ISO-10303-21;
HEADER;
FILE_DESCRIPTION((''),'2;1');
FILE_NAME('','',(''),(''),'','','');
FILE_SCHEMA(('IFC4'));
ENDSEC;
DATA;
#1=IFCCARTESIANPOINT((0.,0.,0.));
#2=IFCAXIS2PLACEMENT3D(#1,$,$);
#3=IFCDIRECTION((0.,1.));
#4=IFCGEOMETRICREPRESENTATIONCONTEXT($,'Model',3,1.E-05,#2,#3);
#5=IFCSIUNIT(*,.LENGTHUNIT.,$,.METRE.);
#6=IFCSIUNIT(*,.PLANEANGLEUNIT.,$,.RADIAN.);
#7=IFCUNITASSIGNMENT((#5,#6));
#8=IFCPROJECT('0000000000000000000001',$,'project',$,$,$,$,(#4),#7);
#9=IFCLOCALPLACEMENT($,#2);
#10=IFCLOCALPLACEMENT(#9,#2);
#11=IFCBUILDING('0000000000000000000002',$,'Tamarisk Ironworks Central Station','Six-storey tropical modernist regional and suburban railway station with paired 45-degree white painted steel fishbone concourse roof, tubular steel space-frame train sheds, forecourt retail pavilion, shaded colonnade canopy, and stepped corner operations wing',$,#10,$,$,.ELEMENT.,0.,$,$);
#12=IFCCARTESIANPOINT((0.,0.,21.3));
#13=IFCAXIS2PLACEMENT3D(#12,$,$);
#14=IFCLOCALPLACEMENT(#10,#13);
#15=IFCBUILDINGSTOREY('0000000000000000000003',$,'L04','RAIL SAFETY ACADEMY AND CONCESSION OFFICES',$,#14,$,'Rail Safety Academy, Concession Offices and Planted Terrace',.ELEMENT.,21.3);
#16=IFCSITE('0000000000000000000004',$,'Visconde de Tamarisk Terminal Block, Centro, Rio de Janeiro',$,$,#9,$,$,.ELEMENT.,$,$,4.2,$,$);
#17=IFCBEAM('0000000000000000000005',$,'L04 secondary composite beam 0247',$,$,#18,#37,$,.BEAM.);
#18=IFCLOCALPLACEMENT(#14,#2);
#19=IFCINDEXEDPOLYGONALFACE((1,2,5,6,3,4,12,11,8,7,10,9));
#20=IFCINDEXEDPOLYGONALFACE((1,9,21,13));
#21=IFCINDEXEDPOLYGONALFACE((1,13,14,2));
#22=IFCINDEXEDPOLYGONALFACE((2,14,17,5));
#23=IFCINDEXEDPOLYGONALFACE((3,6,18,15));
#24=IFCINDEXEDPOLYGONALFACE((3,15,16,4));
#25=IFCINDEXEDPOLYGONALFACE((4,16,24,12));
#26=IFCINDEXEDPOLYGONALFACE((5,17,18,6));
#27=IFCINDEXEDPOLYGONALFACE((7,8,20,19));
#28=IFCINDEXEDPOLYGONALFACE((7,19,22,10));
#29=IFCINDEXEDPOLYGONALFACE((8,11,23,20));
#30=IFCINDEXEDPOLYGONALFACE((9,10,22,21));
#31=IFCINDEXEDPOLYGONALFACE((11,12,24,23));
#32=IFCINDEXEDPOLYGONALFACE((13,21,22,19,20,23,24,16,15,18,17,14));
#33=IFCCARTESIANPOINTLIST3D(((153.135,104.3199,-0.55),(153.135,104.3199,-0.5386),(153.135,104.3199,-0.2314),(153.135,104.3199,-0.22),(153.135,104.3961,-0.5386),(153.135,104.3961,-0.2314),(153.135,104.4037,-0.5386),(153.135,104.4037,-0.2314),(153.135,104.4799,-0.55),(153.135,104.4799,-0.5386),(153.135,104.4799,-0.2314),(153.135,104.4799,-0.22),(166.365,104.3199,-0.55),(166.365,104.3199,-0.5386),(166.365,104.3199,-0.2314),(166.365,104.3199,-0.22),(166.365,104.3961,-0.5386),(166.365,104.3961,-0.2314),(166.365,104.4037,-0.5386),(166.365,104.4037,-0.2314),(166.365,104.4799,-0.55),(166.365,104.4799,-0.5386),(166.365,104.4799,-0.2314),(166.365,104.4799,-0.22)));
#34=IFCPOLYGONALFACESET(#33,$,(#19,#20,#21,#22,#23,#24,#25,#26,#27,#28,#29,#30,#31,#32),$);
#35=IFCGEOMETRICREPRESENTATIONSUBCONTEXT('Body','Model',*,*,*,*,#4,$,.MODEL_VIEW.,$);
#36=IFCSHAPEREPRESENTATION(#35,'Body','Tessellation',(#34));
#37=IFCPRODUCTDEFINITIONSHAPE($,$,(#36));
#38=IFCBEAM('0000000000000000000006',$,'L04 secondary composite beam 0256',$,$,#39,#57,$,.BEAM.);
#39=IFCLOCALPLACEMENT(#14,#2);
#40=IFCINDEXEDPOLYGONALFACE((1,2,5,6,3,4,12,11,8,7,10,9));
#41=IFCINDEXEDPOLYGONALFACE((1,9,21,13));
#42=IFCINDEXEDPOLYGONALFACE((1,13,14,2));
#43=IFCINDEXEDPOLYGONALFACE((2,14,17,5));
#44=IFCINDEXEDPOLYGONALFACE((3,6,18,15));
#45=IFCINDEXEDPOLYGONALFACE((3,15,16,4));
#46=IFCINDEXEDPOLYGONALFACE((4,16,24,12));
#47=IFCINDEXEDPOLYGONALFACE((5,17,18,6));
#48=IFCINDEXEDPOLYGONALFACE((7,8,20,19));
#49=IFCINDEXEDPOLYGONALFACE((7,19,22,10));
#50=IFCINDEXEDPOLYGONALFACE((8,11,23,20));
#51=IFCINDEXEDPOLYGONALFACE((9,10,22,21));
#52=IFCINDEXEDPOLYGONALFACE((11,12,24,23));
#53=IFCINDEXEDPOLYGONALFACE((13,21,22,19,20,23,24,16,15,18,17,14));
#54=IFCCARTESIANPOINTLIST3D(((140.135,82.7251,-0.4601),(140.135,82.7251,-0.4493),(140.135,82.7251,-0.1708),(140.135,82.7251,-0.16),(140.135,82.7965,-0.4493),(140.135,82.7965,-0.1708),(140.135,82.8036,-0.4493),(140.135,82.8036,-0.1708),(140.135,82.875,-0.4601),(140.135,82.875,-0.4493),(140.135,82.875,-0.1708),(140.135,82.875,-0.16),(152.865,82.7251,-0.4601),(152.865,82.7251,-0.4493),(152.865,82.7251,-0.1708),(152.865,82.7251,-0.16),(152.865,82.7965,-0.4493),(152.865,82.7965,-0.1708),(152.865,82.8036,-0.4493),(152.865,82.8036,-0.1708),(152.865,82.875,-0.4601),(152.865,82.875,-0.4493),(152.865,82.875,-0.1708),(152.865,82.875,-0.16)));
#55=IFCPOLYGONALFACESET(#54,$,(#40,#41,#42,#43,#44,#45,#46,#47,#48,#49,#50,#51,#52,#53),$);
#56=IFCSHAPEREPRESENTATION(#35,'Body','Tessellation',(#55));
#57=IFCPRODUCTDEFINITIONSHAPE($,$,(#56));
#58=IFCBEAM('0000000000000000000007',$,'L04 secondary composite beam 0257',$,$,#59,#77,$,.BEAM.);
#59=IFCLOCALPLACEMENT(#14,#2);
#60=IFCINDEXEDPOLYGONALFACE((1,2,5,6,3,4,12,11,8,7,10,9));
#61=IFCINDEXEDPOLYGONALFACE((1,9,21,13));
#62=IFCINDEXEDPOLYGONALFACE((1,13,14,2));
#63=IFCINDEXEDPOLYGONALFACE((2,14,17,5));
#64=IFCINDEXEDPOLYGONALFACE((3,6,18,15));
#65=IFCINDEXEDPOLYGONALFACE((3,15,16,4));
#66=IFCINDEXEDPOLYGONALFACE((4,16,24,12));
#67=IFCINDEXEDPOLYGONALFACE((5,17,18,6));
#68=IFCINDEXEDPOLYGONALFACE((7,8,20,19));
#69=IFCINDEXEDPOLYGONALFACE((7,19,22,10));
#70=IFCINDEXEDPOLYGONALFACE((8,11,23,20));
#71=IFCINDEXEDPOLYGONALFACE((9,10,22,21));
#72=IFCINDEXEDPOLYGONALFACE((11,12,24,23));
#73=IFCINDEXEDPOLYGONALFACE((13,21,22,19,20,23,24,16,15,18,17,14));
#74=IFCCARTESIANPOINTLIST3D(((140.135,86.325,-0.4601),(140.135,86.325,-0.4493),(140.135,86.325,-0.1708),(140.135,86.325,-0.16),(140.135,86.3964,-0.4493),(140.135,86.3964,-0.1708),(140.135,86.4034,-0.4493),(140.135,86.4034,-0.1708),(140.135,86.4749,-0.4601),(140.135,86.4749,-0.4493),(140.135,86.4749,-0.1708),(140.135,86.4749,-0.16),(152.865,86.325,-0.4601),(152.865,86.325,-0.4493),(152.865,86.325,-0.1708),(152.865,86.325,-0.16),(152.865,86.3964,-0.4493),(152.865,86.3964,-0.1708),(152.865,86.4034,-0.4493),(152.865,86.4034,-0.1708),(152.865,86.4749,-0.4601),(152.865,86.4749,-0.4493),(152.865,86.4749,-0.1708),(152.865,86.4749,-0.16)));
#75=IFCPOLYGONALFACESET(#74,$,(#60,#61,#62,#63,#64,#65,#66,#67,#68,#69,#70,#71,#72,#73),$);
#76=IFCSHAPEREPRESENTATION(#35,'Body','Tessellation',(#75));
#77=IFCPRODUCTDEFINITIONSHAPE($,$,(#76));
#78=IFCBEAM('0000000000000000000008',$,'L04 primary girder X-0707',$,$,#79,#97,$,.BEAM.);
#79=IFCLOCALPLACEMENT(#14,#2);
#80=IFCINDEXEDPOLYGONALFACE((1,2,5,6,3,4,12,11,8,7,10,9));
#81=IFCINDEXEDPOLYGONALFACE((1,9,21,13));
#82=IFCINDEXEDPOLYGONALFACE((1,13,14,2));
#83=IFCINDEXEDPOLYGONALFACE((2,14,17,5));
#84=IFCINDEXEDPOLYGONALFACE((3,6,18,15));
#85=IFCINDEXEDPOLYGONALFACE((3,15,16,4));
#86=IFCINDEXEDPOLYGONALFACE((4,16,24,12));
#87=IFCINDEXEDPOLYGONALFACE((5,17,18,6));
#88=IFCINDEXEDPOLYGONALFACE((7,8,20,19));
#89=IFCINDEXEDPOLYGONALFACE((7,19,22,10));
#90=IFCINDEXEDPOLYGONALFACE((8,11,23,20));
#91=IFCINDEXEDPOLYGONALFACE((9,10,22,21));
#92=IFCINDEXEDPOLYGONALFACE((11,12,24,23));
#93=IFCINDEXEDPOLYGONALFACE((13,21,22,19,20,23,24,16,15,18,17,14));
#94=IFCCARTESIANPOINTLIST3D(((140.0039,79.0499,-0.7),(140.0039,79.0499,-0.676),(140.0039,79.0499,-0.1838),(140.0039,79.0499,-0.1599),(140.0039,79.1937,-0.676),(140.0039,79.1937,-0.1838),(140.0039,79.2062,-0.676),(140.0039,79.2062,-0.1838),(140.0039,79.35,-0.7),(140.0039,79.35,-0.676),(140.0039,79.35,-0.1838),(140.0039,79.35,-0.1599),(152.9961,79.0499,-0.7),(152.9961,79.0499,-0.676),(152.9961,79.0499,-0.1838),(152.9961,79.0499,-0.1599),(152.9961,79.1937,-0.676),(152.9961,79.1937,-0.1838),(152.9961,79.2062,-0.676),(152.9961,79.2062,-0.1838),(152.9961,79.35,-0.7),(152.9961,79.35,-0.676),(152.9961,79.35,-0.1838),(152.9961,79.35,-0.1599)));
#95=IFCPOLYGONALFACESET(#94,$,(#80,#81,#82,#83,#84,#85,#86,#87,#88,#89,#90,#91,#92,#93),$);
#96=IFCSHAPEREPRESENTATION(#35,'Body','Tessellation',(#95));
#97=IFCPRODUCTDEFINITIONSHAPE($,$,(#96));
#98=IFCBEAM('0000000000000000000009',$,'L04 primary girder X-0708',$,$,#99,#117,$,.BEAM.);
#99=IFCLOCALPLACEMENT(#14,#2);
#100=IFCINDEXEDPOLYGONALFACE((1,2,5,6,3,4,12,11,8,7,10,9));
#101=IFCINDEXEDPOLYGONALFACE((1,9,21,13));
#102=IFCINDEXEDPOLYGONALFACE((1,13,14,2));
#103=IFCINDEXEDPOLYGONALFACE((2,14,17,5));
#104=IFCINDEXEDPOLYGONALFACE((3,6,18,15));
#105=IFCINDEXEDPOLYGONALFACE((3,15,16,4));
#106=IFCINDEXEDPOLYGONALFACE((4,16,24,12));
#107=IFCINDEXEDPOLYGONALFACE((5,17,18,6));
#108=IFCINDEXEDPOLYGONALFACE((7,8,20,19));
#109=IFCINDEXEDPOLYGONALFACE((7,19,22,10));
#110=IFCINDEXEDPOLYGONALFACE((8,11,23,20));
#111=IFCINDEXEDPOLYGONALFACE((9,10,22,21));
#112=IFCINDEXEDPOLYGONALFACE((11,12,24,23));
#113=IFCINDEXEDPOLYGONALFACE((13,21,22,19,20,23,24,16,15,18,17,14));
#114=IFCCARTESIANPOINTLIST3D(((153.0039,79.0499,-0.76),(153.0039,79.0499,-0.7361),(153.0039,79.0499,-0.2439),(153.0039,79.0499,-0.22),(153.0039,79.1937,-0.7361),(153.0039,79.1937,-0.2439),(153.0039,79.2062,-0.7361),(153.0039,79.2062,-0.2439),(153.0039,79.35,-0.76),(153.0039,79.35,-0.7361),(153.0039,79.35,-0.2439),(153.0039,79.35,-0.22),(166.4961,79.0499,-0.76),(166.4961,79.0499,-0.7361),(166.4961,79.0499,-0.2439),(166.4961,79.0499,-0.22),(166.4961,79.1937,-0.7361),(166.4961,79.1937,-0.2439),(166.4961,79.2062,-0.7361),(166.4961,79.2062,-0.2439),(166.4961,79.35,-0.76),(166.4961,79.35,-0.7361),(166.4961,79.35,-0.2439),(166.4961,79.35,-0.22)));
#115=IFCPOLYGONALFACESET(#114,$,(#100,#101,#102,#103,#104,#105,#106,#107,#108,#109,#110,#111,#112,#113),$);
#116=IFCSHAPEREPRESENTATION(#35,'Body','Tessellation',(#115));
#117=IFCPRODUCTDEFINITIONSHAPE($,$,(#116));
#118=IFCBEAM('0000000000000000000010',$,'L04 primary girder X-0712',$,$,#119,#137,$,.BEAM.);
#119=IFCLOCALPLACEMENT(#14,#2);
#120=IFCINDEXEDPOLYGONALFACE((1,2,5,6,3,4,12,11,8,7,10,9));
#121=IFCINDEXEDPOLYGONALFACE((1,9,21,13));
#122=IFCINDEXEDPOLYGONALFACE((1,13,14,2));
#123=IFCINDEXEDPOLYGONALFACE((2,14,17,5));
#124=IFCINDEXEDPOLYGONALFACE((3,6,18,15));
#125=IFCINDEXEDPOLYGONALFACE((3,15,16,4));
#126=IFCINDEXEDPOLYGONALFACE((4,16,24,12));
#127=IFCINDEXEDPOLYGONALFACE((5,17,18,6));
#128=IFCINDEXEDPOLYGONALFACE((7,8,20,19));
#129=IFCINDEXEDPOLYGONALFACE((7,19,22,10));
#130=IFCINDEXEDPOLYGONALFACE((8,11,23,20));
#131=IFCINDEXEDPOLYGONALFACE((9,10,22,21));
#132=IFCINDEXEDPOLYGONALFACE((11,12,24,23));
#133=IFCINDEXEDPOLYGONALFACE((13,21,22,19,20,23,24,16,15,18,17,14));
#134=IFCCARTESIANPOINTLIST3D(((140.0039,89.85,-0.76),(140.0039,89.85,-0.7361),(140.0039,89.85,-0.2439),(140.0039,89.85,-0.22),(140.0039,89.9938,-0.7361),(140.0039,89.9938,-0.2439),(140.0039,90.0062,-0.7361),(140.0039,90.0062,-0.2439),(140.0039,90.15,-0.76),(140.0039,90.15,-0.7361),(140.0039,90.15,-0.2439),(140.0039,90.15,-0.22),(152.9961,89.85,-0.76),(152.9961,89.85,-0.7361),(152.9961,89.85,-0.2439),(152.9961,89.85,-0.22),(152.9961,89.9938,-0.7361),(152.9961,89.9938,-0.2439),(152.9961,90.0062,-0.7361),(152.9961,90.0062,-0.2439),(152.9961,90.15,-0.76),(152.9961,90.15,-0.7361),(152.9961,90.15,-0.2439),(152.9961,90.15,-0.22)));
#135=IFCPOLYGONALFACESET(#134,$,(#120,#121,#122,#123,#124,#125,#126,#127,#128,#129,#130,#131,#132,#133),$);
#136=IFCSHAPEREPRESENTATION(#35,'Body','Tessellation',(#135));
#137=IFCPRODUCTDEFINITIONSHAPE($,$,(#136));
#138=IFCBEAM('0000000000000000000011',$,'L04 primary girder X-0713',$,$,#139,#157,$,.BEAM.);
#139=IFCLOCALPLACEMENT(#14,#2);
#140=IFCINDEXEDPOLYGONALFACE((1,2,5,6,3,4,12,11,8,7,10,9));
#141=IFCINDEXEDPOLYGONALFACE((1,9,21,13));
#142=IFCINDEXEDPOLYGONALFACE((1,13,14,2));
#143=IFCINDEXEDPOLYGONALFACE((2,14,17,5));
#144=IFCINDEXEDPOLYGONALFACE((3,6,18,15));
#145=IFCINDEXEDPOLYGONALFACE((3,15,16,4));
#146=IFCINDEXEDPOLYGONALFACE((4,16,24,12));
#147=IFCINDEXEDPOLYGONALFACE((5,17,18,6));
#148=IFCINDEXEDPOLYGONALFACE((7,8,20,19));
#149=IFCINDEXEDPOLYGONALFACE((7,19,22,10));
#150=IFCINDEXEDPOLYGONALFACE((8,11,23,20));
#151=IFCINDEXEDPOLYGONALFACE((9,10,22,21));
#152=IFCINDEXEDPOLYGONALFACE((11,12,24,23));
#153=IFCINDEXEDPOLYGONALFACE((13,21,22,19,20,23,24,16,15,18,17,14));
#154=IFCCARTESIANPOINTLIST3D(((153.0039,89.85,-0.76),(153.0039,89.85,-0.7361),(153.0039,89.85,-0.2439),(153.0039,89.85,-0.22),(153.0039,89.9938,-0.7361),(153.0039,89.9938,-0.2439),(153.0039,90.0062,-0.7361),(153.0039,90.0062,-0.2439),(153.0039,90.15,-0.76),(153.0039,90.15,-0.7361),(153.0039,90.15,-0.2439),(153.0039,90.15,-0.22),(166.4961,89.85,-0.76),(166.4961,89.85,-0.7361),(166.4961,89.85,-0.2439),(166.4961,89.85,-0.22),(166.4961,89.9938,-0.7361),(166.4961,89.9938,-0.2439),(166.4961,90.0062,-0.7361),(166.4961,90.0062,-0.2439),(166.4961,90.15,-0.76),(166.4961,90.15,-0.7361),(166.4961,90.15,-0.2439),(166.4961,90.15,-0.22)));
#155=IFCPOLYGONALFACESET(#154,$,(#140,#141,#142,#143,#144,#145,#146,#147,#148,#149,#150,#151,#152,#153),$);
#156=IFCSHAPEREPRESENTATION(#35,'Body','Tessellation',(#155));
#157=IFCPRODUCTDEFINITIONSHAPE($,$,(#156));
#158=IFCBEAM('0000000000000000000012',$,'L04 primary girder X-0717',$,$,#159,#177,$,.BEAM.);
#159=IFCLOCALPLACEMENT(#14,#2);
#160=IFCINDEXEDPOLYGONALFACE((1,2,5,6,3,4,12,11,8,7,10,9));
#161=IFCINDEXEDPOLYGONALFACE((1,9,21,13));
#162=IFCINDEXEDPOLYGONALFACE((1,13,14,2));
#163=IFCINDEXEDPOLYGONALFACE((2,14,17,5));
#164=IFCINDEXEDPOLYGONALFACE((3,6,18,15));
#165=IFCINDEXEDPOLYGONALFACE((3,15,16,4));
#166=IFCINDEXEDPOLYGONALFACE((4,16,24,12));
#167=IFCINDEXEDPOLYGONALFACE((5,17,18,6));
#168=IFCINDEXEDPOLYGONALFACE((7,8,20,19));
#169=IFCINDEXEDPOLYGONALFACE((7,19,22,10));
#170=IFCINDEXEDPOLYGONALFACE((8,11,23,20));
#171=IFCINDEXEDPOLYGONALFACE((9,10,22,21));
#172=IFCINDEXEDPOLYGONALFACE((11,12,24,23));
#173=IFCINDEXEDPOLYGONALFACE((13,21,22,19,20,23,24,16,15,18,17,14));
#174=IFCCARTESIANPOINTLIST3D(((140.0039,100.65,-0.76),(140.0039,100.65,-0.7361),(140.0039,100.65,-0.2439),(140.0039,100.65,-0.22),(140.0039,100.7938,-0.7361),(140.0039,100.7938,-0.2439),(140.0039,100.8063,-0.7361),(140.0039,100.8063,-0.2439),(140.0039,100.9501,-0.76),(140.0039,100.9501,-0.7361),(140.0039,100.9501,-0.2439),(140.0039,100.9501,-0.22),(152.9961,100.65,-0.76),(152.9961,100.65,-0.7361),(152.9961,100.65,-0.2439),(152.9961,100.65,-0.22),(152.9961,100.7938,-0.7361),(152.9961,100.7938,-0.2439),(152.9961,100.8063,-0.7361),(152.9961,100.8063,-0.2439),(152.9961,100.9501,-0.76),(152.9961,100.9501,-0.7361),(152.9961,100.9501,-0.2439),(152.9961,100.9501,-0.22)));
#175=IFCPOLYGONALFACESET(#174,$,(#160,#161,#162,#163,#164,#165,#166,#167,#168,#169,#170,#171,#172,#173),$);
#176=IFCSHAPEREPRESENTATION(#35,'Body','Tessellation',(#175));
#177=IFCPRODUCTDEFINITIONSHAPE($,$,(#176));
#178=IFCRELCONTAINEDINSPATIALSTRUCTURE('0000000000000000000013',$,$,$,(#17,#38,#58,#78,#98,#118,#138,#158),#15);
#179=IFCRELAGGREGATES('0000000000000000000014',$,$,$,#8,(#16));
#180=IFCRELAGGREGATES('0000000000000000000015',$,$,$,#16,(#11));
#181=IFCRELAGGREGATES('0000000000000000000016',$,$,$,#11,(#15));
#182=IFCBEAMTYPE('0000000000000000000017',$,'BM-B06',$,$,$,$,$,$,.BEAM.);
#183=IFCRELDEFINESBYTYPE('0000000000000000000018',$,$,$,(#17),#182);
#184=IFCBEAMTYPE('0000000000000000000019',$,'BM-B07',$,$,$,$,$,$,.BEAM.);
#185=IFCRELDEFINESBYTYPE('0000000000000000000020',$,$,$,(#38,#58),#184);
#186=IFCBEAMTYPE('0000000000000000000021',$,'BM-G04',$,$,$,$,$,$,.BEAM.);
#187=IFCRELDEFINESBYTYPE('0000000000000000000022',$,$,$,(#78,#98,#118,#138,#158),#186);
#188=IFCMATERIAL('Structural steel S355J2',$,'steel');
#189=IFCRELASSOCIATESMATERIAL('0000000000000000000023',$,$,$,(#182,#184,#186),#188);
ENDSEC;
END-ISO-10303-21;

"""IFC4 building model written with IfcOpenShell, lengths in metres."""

from ifc_helpers import new_model, si_unit, direction, frame, origin, origin_2d, place, context, subcontext, project, spatial, i_section, extrude, material, material_profile, profile_set, type_object, element, save


model = new_model("IFC4")

# Units and contexts
model_context = context("Model", 3, precision=1e-05, world=origin(), true_north=direction((0.0, 1.0)))
body_context = subcontext(model_context, "Body", "Model", "MODEL_VIEW")
ifc_project = project(units=[si_unit("LENGTHUNIT", "METRE"), si_unit("PLANEANGLEUNIT", "RADIAN")], contexts=[model_context])

# Site, building, storey
site_placement = place(None, origin())
site = spatial("IfcSite", under=ifc_project, at=site_placement, Name="Visconde de Tamarisk Terminal Block, Centro, Rio de Janeiro", CompositionType="ELEMENT", RefElevation=4.2)
building_placement = place(site_placement, origin())
building = spatial("IfcBuilding", under=site, at=building_placement, Name="Tamarisk Ironworks Central Station", Description="Six-storey tropical modernist regional and suburban railway station with paired 45-degree white painted steel fishbone concourse roof, tubular steel space-frame train sheds, forecourt retail pavilion, shaded colonnade canopy, and stepped corner operations wing", CompositionType="ELEMENT", ElevationOfRefHeight=0.0)
storey_placement = place(building_placement, frame((0.0, 0.0, 21.3)))
storey = spatial("IfcBuildingStorey", under=building, at=storey_placement, Name="L04", Description="RAIL SAFETY ACADEMY AND CONCESSION OFFICES", LongName="Rail Safety Academy, Concession Offices and Planted Terrace", CompositionType="ELEMENT", Elevation=21.3)

# Shared definitions
ifc_material_1 = material(Name="Structural steel S355J2", Category="steel")

# Beams
ifc_material_profile_1 = material_profile(ifc_material_1, i_section(OverallWidth=0.1599, OverallDepth=0.3301, WebThickness=0.0076, FlangeThickness=0.0115, at=origin_2d()), Name="IPE 330")
ifc_profile_set_1 = profile_set([ifc_material_profile_1], Name="Structural steel S355J2")
beam_type_1 = type_object("IfcBeamType", Name="BM-B06", PredefinedType="BEAM", material=ifc_profile_set_1)
beam_1_placement = place(storey_placement, frame((153.135, 104.3999, -0.385), z_axis=(1.0, 0.0, 0.0), x_axis=(0.0, 1.0, 0.0)))
element("IfcBeam", 1, at=beam_1_placement, inside=storey, type_object=beam_type_1, Name="L04 secondary composite beam 0247", PredefinedType="BEAM", context=body_context, shape_type="SweptSolid", body=[
    extrude(i_section(OverallWidth=0.1599, OverallDepth=0.3301, WebThickness=0.0076, FlangeThickness=0.0115, at=origin_2d()), origin(), (0.0, 0.0, 1.0), 13.23),
])
ifc_material_profile_2 = material_profile(ifc_material_1, i_section(OverallWidth=0.1499, OverallDepth=0.3, WebThickness=0.0071, FlangeThickness=0.0107, at=origin_2d()), Name="IPE 300")
ifc_profile_set_2 = profile_set([ifc_material_profile_2], Name="Structural steel S355J2")
beam_type_2 = type_object("IfcBeamType", Name="BM-B07", PredefinedType="BEAM", material=ifc_profile_set_2)
for number, where, z_axis, x_axis, name in (
    (2, (140.135, 82.8, -0.3101), (1.0, 0.0, 0.0), (0.0, 1.0, 0.0), "L04 secondary composite beam 0256"),
    (3, (140.135, 86.3999, -0.3101), (1.0, 0.0, 0.0), (0.0, 1.0, 0.0), "L04 secondary composite beam 0257"),
):
    element("IfcBeam", number, at=place(storey_placement, frame(where, z_axis=z_axis, x_axis=x_axis)), inside=storey, type_object=beam_type_2, Name=name, PredefinedType="BEAM", context=body_context, shape_type="SweptSolid", body=[
        extrude(i_section(OverallWidth=0.1499, OverallDepth=0.3, WebThickness=0.0071, FlangeThickness=0.0107, at=origin_2d()), origin(), (0.0, 0.0, 1.0), 12.73),
    ])
ifc_material_profile_3 = material_profile(ifc_material_1, i_section(OverallWidth=0.3, OverallDepth=0.54, WebThickness=0.0125, FlangeThickness=0.0239, at=origin_2d()), Name="HEA 550")
ifc_profile_set_3 = profile_set([ifc_material_profile_3], Name="Structural steel S355J2")
beam_type_3 = type_object("IfcBeamType", Name="BM-G04", PredefinedType="BEAM", material=ifc_profile_set_3)
beam_2_placement = place(storey_placement, frame((140.0039, 79.2, -0.4299), z_axis=(1.0, 0.0, 0.0), x_axis=(0.0, 1.0, 0.0)))
element("IfcBeam", 4, at=beam_2_placement, inside=storey, type_object=beam_type_3, Name="L04 primary girder X-0707", PredefinedType="BEAM", context=body_context, shape_type="SweptSolid", body=[
    extrude(i_section(OverallWidth=0.3, OverallDepth=0.54, WebThickness=0.0125, FlangeThickness=0.0239, at=origin_2d()), origin(), (0.0, 0.0, 1.0), 12.9922),
])
beam_3_placement = place(storey_placement, frame((153.0039, 79.2, -0.49), z_axis=(1.0, 0.0, 0.0), x_axis=(0.0, 1.0, 0.0)))
element("IfcBeam", 5, at=beam_3_placement, inside=storey, type_object=beam_type_3, Name="L04 primary girder X-0708", PredefinedType="BEAM", context=body_context, shape_type="SweptSolid", body=[
    extrude(i_section(OverallWidth=0.3, OverallDepth=0.54, WebThickness=0.0125, FlangeThickness=0.0239, at=origin_2d()), origin(), (0.0, 0.0, 1.0), 13.4922),
])
beam_4_placement = place(storey_placement, frame((140.0039, 90.0, -0.49), z_axis=(1.0, 0.0, 0.0), x_axis=(0.0, 1.0, 0.0)))
element("IfcBeam", 6, at=beam_4_placement, inside=storey, type_object=beam_type_3, Name="L04 primary girder X-0712", PredefinedType="BEAM", context=body_context, shape_type="SweptSolid", body=[
    extrude(i_section(OverallWidth=0.3, OverallDepth=0.54, WebThickness=0.0125, FlangeThickness=0.0239, at=origin_2d()), origin(), (0.0, 0.0, 1.0), 12.9922),
])
beam_5_placement = place(storey_placement, frame((153.0039, 90.0, -0.49), z_axis=(1.0, 0.0, 0.0), x_axis=(0.0, 1.0, 0.0)))
element("IfcBeam", 7, at=beam_5_placement, inside=storey, type_object=beam_type_3, Name="L04 primary girder X-0713", PredefinedType="BEAM", context=body_context, shape_type="SweptSolid", body=[
    extrude(i_section(OverallWidth=0.3, OverallDepth=0.54, WebThickness=0.0125, FlangeThickness=0.0239, at=origin_2d()), origin(), (0.0, 0.0, 1.0), 13.4922),
])
beam_6_placement = place(storey_placement, frame((140.0039, 100.8, -0.49), z_axis=(1.0, 0.0, 0.0), x_axis=(0.0, 1.0, 0.0)))
element("IfcBeam", 8, at=beam_6_placement, inside=storey, type_object=beam_type_3, Name="L04 primary girder X-0717", PredefinedType="BEAM", context=body_context, shape_type="SweptSolid", body=[
    extrude(i_section(OverallWidth=0.3, OverallDepth=0.54, WebThickness=0.0125, FlangeThickness=0.0239, at=origin_2d()), origin(), (0.0, 0.0, 1.0), 12.9922),
])

save(model, "model.ifc")
